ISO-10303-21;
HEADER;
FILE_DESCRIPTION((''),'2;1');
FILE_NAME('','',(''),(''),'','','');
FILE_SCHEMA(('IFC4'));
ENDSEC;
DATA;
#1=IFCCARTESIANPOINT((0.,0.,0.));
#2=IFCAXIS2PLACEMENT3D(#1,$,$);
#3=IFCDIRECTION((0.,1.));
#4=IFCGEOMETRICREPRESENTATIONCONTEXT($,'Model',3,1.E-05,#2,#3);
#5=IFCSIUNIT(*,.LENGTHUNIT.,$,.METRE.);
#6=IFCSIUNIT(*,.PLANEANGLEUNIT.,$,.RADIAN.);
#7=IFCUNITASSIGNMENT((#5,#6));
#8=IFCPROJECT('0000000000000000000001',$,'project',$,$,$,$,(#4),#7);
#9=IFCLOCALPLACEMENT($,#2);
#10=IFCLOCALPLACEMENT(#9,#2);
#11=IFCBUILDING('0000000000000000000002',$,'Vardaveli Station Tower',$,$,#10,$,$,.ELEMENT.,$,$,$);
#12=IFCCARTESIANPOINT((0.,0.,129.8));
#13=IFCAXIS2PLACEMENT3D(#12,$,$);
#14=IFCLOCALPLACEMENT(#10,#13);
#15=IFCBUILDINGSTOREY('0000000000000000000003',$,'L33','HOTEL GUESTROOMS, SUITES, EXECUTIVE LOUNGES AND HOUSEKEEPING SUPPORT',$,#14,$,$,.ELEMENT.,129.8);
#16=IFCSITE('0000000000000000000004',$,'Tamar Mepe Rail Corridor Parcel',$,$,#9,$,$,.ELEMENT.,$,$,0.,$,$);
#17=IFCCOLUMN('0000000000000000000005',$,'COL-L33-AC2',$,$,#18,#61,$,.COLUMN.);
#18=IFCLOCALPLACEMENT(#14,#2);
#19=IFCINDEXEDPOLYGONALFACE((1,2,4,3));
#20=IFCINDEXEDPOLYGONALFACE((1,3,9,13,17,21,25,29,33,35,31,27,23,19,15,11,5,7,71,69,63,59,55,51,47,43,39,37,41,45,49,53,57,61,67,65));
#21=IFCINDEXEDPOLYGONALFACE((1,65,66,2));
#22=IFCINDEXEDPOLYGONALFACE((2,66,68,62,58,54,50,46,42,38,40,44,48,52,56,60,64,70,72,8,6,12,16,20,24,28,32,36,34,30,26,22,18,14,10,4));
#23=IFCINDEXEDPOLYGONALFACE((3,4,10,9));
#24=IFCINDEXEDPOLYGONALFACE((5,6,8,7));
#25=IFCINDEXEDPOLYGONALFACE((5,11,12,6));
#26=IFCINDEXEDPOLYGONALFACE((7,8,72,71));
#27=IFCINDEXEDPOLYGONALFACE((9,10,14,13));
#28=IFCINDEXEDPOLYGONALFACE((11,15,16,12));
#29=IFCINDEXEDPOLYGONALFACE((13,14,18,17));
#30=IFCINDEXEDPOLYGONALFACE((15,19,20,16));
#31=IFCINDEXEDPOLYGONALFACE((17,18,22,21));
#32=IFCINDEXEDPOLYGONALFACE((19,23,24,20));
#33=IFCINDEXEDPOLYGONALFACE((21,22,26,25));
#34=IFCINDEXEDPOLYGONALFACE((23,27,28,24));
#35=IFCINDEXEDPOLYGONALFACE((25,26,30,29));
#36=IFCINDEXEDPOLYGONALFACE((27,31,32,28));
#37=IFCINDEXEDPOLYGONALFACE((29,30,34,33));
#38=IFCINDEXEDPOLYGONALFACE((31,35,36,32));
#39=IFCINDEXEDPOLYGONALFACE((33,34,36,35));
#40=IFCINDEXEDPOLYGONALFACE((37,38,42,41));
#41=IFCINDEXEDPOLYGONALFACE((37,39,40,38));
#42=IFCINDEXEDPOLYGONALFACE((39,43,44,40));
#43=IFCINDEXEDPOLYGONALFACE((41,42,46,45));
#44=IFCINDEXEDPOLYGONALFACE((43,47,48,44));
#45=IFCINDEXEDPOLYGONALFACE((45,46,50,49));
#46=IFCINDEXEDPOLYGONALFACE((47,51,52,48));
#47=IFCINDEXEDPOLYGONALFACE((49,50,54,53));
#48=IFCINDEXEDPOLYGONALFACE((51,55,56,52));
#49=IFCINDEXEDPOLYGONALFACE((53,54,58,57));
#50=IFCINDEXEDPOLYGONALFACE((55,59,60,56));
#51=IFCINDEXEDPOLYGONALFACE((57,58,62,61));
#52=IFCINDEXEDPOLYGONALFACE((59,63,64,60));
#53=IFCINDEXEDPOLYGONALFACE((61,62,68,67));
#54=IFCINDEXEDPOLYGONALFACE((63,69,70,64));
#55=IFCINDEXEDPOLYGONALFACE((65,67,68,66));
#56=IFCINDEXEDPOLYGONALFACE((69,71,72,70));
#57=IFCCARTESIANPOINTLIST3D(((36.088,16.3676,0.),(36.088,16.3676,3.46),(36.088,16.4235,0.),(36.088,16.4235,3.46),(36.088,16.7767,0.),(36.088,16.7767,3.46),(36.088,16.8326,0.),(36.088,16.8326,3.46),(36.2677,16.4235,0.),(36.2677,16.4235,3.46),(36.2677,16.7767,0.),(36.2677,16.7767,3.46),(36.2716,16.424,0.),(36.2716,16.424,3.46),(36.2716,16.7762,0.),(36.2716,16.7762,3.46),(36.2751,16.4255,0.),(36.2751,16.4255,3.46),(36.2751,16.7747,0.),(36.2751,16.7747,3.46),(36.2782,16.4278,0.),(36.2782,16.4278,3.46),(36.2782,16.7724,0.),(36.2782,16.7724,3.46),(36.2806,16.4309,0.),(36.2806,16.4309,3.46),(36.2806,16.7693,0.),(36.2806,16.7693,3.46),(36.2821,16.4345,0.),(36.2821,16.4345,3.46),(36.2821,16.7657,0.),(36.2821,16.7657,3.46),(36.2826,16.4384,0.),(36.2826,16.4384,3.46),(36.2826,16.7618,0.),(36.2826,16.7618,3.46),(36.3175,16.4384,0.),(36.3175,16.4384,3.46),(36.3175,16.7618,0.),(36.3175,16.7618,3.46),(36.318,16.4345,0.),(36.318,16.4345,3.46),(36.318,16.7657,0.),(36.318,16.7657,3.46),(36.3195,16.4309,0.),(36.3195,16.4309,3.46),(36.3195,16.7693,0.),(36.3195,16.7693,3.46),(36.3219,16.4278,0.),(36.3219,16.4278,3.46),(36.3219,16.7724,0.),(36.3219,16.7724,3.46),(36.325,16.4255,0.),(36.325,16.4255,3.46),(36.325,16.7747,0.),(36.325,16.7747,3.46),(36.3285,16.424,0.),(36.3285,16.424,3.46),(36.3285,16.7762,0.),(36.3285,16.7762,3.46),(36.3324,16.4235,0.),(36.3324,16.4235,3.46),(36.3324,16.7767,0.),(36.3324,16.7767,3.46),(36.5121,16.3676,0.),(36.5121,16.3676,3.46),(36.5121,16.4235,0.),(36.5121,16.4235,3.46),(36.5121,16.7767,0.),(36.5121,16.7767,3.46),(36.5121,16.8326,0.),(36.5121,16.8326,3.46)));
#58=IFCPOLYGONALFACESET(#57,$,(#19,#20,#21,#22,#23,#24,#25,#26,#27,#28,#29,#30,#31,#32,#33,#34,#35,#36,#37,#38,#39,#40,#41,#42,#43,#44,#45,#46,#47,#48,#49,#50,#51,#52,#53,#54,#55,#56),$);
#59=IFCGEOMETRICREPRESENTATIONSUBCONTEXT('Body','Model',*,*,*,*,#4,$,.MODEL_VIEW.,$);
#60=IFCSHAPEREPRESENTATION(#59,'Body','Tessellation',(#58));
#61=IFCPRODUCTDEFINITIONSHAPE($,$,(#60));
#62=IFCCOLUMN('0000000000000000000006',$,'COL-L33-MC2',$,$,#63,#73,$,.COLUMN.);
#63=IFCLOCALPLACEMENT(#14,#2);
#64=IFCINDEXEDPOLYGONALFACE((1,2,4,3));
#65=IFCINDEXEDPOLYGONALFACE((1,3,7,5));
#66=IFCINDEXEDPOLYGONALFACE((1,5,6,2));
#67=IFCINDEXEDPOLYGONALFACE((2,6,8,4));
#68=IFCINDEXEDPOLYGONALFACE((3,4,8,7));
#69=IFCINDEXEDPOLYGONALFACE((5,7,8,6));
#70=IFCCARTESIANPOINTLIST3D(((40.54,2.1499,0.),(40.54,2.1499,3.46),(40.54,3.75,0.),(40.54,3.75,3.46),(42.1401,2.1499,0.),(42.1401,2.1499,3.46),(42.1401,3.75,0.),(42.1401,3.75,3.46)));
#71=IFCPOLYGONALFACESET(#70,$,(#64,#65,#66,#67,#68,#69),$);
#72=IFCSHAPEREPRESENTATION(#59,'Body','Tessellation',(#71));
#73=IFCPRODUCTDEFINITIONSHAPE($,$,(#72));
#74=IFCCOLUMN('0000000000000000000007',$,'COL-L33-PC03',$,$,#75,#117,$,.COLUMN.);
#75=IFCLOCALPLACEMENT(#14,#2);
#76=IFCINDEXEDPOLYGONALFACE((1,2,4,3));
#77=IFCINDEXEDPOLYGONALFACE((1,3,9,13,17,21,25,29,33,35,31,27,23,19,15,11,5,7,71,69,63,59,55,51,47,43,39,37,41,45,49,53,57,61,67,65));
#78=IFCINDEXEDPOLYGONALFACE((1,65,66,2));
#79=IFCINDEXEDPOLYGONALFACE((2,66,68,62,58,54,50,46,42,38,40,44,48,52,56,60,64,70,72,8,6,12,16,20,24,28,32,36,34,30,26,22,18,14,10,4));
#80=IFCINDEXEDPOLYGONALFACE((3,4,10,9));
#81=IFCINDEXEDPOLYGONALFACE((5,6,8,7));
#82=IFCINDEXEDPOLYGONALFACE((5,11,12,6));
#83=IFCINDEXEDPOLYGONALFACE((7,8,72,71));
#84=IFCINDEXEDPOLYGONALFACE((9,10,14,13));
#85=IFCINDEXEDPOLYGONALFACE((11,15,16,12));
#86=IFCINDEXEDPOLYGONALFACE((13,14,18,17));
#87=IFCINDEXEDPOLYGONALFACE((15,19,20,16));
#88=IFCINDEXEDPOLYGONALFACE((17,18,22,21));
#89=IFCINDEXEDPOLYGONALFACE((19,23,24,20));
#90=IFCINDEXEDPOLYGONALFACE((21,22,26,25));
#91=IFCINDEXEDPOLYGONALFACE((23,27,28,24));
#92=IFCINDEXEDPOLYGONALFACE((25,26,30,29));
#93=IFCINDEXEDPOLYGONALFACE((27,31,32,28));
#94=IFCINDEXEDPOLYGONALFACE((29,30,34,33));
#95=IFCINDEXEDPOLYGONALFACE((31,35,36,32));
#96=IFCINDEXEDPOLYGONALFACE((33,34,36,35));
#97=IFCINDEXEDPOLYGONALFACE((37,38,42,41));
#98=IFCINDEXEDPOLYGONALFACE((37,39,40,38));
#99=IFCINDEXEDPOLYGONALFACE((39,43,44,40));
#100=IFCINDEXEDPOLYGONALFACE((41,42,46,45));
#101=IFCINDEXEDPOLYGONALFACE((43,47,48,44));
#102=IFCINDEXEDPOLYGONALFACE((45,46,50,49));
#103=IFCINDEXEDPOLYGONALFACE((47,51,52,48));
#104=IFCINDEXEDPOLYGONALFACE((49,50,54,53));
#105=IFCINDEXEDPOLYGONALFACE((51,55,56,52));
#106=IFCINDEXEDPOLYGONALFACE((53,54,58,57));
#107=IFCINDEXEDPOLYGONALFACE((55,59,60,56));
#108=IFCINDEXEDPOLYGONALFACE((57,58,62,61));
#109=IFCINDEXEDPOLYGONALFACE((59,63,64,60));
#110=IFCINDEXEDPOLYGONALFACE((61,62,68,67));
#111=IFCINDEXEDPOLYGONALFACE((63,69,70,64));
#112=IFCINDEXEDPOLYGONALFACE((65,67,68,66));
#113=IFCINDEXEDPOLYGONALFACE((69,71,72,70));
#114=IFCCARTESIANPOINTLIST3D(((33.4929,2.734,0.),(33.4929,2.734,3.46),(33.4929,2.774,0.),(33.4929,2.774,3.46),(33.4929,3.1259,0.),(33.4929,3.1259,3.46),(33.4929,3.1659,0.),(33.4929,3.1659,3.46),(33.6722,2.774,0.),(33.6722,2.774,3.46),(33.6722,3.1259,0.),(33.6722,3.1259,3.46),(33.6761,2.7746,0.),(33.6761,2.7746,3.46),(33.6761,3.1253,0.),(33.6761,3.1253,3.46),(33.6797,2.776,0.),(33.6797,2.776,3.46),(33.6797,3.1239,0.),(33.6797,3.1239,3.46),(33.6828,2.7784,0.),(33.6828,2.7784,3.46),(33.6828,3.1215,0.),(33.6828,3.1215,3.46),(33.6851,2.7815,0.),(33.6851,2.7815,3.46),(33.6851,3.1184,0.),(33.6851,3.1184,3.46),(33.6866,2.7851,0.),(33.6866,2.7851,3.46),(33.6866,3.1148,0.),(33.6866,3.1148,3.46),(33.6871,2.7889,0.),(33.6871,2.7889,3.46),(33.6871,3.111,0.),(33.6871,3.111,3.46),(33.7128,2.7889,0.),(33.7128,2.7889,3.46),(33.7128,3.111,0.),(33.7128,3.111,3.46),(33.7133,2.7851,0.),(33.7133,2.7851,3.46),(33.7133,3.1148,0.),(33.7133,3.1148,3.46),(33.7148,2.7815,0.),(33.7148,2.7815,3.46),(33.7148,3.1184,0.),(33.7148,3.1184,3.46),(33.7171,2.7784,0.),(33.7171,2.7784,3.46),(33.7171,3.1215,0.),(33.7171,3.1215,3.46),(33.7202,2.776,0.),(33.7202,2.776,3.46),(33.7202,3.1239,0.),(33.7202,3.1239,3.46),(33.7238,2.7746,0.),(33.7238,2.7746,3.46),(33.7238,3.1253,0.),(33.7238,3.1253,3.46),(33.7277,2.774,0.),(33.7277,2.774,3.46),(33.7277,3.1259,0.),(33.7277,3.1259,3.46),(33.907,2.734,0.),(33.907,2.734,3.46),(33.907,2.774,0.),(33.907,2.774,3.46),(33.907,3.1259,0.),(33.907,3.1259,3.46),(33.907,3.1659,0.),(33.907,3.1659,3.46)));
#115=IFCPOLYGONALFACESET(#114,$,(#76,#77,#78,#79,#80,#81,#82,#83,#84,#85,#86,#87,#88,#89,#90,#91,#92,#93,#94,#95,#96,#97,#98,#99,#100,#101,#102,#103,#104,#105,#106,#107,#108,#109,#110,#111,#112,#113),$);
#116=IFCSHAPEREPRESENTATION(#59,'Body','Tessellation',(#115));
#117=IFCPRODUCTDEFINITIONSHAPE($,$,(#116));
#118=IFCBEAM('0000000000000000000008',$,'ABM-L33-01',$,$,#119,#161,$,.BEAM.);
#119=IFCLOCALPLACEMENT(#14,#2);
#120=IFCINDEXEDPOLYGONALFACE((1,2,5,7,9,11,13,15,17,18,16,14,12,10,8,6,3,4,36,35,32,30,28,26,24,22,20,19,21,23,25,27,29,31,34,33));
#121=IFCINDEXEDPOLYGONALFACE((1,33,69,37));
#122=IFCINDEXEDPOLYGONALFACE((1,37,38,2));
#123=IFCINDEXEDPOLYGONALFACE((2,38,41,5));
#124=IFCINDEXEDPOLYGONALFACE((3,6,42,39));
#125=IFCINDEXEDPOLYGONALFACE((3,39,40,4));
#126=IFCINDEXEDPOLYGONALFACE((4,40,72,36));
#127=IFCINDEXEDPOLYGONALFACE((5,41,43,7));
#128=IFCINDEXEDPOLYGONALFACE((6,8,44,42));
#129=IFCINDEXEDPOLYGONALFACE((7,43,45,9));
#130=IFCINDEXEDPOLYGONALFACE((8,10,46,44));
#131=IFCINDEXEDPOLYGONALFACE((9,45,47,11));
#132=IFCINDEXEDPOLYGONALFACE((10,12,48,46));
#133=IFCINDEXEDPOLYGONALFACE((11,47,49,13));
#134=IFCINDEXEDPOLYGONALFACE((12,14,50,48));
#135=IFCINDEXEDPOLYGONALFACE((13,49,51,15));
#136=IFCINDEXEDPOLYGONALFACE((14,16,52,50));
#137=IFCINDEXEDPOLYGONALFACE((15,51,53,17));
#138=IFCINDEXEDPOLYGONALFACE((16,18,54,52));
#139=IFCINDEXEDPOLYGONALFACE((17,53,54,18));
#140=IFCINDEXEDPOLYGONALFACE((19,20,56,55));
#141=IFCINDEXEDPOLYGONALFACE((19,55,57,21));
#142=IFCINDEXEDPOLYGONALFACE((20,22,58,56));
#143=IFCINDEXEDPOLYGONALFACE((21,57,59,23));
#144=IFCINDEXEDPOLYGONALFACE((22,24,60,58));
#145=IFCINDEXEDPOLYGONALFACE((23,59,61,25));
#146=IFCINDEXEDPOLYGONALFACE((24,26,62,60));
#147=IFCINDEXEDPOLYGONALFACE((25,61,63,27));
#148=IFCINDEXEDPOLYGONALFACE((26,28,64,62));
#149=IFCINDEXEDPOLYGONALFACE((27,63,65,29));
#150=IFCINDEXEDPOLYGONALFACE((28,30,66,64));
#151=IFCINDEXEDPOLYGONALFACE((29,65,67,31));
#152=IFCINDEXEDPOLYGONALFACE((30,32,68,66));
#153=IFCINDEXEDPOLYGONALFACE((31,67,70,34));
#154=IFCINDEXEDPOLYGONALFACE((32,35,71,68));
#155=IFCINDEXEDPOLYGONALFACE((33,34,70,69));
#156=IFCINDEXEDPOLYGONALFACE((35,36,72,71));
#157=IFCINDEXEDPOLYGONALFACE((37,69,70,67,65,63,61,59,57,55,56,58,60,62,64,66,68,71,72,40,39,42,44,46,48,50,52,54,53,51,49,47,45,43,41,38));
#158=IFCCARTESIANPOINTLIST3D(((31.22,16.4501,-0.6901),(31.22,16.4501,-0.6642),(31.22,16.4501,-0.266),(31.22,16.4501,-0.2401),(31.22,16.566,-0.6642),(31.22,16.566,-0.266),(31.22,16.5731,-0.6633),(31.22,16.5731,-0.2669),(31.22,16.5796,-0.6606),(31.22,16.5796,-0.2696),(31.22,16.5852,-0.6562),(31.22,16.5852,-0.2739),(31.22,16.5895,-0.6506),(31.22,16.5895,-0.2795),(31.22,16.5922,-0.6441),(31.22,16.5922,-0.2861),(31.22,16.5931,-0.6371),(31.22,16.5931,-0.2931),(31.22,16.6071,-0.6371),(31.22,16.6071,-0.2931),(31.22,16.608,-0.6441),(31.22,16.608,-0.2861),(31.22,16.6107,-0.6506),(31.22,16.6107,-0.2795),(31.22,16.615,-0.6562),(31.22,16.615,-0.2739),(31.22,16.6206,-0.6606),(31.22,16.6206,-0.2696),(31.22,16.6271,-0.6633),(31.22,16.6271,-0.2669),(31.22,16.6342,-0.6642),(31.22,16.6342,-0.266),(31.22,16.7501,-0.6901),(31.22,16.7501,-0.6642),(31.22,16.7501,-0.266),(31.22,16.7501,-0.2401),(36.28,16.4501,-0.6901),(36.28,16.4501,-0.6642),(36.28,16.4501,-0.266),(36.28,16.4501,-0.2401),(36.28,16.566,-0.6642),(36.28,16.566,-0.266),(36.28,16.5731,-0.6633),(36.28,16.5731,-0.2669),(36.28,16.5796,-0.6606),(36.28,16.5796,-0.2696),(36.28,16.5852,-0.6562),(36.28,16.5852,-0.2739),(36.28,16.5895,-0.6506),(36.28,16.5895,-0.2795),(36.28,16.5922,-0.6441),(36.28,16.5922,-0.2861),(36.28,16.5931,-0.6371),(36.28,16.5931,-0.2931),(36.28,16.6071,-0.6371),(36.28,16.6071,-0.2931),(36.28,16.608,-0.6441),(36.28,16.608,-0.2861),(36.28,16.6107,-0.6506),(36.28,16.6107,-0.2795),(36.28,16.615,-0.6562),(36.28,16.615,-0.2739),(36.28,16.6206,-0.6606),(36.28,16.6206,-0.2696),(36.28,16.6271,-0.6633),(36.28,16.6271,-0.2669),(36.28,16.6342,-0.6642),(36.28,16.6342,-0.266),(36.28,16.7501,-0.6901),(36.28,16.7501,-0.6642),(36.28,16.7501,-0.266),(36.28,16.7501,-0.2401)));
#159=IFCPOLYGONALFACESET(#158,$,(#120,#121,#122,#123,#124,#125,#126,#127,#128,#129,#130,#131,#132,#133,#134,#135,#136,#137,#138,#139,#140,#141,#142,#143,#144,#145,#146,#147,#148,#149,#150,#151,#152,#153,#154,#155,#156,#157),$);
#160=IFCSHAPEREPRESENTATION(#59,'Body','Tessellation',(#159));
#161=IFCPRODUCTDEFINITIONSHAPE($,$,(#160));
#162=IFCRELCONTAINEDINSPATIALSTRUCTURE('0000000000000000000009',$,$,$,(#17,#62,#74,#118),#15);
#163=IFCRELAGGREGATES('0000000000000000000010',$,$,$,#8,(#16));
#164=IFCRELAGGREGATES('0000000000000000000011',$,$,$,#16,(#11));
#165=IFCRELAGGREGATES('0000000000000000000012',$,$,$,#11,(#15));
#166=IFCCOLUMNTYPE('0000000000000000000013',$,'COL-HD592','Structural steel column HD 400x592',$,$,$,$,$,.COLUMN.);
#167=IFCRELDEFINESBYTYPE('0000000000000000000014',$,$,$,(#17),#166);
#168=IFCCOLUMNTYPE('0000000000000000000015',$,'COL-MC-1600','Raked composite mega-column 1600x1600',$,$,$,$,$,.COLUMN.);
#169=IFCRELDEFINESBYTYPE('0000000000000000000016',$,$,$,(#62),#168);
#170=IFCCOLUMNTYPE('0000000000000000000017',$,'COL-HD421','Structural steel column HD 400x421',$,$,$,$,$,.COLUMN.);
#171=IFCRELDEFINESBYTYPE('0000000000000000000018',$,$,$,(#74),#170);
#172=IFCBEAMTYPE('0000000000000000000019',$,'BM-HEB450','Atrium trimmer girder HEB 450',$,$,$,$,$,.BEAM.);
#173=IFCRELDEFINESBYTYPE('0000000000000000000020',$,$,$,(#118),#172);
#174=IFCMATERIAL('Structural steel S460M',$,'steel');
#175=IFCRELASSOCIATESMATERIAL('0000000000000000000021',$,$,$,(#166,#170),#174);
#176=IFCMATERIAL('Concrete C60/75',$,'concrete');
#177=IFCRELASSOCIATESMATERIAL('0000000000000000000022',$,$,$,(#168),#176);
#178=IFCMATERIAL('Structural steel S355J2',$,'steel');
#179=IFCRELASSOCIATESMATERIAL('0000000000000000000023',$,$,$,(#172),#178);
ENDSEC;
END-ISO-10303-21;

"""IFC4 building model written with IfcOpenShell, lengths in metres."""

from ifc_helpers import new_model, si_unit, direction, frame, origin, origin_2d, place, context, subcontext, project, spatial, rectangle, i_section, extrude, source, transform, mapped, material, material_profile, profile_set, type_object, element, save


model = new_model("IFC4")

# Units and contexts
model_context = context("Model", 3, precision=1e-05, world=origin(), true_north=direction((0.0, 1.0)))
body_context = subcontext(model_context, "Body", "Model", "MODEL_VIEW")
ifc_project = project(units=[si_unit("LENGTHUNIT", "METRE"), si_unit("PLANEANGLEUNIT", "RADIAN")], contexts=[model_context])

# Site, building, storey
site_placement = place(None, origin())
site = spatial("IfcSite", under=ifc_project, at=site_placement, Name="Tamar Mepe Rail Corridor Parcel", CompositionType="ELEMENT", RefElevation=0.0)
building_placement = place(site_placement, origin())
building = spatial("IfcBuilding", under=site, at=building_placement, Name="Vardaveli Station Tower", CompositionType="ELEMENT")
storey_placement = place(building_placement, frame((0.0, 0.0, 129.8)))
storey = spatial("IfcBuildingStorey", under=building, at=storey_placement, Name="L33", Description="HOTEL GUESTROOMS, SUITES, EXECUTIVE LOUNGES AND HOUSEKEEPING SUPPORT", CompositionType="ELEMENT", Elevation=129.8)

# Columns
ifc_material_1 = material(Name="Structural steel S460M", Category="steel")
ifc_material_profile_1 = material_profile(ifc_material_1, i_section(OverallWidth=0.4241, OverallDepth=0.4651, WebThickness=0.0349, FlangeThickness=0.0559, FilletRadius=0.0149, at=origin_2d()), Name="HD 400x592")
ifc_profile_set_1 = profile_set([ifc_material_profile_1], Name="Structural steel S460M")
column_type_1 = type_object("IfcColumnType", Name="COL-HD592", Description="Structural steel column HD 400x592", PredefinedType="COLUMN", material=ifc_profile_set_1)
shared_shape_1 = source(origin(), body_context, "Body", "SweptSolid", [
    extrude(i_section(OverallWidth=0.4241, OverallDepth=0.4651, WebThickness=0.0349, FlangeThickness=0.0559, FilletRadius=0.0149, at=origin_2d()), origin(), (0.0, 0.0, 1.0), 3.46),
])
column_1_placement = place(storey_placement, frame((36.3, 16.6001, 0.0), z_axis=(0.0, 0.0, 1.0), x_axis=(1.0, 0.0, 0.0)))
element("IfcColumn", 1, at=column_1_placement, inside=storey, type_object=column_type_1, Name="COL-L33-AC2", PredefinedType="COLUMN", context=body_context, shape_type="MappedRepresentation", body=[
    mapped(shared_shape_1, transform((0.0, 0.0, 0.0), scale=1.0)),
])
ifc_material_2 = material(Name="Concrete C60/75", Category="concrete")
ifc_material_profile_2 = material_profile(ifc_material_2, rectangle(XDim=1.6001, YDim=1.6001, at=origin_2d()), Name="MC 1600x1600")
ifc_profile_set_2 = profile_set([ifc_material_profile_2], Name="Concrete C60/75")
column_type_2 = type_object("IfcColumnType", Name="COL-MC-1600", Description="Raked composite mega-column 1600x1600", PredefinedType="COLUMN", material=ifc_profile_set_2)
shared_shape_2 = source(origin(), body_context, "Body", "SweptSolid", [
    extrude(rectangle(XDim=1.6001, YDim=1.6001, at=origin_2d()), origin(), (0.0, 0.0, 1.0), 3.46),
])
column_2_placement = place(storey_placement, frame((41.3401, 2.95, 0.0), z_axis=(0.0, 0.0, 1.0), x_axis=(1.0, 0.0, 0.0)))
element("IfcColumn", 2, at=column_2_placement, inside=storey, type_object=column_type_2, Name="COL-L33-MC2", PredefinedType="COLUMN", context=body_context, shape_type="MappedRepresentation", body=[
    mapped(shared_shape_2, transform((0.0, 0.0, 0.0), scale=1.0)),
])
ifc_material_profile_3 = material_profile(ifc_material_1, i_section(OverallWidth=0.4141, OverallDepth=0.4319, WebThickness=0.0256, FlangeThickness=0.04, FilletRadius=0.0149, at=origin_2d()), Name="HD 400x421")
ifc_profile_set_3 = profile_set([ifc_material_profile_3], Name="Structural steel S460M")
column_type_3 = type_object("IfcColumnType", Name="COL-HD421", Description="Structural steel column HD 400x421", PredefinedType="COLUMN", material=ifc_profile_set_3)
shared_shape_3 = source(origin(), body_context, "Body", "SweptSolid", [
    extrude(i_section(OverallWidth=0.4141, OverallDepth=0.4319, WebThickness=0.0256, FlangeThickness=0.04, FilletRadius=0.0149, at=origin_2d()), origin(), (0.0, 0.0, 1.0), 3.46),
])
column_3_placement = place(storey_placement, frame((33.7, 2.95, 0.0), z_axis=(0.0, 0.0, 1.0), x_axis=(1.0, 0.0, 0.0)))
element("IfcColumn", 3, at=column_3_placement, inside=storey, type_object=column_type_3, Name="COL-L33-PC03", PredefinedType="COLUMN", context=body_context, shape_type="MappedRepresentation", body=[
    mapped(shared_shape_3, transform((0.0, 0.0, 0.0), scale=1.0)),
])

# Beam
ifc_material_3 = material(Name="Structural steel S355J2", Category="steel")
ifc_material_profile_4 = material_profile(ifc_material_3, i_section(OverallWidth=0.3, OverallDepth=0.45, WebThickness=0.0139, FlangeThickness=0.0259, FilletRadius=0.0271, at=origin_2d()), Name="HEB 450")
ifc_profile_set_4 = profile_set([ifc_material_profile_4], Name="Structural steel S355J2")
beam_type_1 = type_object("IfcBeamType", Name="BM-HEB450", Description="Atrium trimmer girder HEB 450", PredefinedType="BEAM", material=ifc_profile_set_4)
shared_shape_4 = source(origin(), body_context, "Body", "SweptSolid", [
    extrude(i_section(OverallWidth=0.3, OverallDepth=0.45, WebThickness=0.0139, FlangeThickness=0.0259, FilletRadius=0.0271, at=origin_2d()), origin(), (0.0, 0.0, 1.0), 5.0601),
])
beam_1_placement = place(storey_placement, frame((31.22, 16.6001, -0.4651), z_axis=(1.0, 0.0, 0.0), x_axis=(0.0, 1.0, 0.0)))
element("IfcBeam", 4, at=beam_1_placement, inside=storey, type_object=beam_type_1, Name="ABM-L33-01", PredefinedType="BEAM", context=body_context, shape_type="MappedRepresentation", body=[
    mapped(shared_shape_4, transform((0.0, 0.0, 0.0), scale=1.0)),
])

save(model, "model.ifc")
